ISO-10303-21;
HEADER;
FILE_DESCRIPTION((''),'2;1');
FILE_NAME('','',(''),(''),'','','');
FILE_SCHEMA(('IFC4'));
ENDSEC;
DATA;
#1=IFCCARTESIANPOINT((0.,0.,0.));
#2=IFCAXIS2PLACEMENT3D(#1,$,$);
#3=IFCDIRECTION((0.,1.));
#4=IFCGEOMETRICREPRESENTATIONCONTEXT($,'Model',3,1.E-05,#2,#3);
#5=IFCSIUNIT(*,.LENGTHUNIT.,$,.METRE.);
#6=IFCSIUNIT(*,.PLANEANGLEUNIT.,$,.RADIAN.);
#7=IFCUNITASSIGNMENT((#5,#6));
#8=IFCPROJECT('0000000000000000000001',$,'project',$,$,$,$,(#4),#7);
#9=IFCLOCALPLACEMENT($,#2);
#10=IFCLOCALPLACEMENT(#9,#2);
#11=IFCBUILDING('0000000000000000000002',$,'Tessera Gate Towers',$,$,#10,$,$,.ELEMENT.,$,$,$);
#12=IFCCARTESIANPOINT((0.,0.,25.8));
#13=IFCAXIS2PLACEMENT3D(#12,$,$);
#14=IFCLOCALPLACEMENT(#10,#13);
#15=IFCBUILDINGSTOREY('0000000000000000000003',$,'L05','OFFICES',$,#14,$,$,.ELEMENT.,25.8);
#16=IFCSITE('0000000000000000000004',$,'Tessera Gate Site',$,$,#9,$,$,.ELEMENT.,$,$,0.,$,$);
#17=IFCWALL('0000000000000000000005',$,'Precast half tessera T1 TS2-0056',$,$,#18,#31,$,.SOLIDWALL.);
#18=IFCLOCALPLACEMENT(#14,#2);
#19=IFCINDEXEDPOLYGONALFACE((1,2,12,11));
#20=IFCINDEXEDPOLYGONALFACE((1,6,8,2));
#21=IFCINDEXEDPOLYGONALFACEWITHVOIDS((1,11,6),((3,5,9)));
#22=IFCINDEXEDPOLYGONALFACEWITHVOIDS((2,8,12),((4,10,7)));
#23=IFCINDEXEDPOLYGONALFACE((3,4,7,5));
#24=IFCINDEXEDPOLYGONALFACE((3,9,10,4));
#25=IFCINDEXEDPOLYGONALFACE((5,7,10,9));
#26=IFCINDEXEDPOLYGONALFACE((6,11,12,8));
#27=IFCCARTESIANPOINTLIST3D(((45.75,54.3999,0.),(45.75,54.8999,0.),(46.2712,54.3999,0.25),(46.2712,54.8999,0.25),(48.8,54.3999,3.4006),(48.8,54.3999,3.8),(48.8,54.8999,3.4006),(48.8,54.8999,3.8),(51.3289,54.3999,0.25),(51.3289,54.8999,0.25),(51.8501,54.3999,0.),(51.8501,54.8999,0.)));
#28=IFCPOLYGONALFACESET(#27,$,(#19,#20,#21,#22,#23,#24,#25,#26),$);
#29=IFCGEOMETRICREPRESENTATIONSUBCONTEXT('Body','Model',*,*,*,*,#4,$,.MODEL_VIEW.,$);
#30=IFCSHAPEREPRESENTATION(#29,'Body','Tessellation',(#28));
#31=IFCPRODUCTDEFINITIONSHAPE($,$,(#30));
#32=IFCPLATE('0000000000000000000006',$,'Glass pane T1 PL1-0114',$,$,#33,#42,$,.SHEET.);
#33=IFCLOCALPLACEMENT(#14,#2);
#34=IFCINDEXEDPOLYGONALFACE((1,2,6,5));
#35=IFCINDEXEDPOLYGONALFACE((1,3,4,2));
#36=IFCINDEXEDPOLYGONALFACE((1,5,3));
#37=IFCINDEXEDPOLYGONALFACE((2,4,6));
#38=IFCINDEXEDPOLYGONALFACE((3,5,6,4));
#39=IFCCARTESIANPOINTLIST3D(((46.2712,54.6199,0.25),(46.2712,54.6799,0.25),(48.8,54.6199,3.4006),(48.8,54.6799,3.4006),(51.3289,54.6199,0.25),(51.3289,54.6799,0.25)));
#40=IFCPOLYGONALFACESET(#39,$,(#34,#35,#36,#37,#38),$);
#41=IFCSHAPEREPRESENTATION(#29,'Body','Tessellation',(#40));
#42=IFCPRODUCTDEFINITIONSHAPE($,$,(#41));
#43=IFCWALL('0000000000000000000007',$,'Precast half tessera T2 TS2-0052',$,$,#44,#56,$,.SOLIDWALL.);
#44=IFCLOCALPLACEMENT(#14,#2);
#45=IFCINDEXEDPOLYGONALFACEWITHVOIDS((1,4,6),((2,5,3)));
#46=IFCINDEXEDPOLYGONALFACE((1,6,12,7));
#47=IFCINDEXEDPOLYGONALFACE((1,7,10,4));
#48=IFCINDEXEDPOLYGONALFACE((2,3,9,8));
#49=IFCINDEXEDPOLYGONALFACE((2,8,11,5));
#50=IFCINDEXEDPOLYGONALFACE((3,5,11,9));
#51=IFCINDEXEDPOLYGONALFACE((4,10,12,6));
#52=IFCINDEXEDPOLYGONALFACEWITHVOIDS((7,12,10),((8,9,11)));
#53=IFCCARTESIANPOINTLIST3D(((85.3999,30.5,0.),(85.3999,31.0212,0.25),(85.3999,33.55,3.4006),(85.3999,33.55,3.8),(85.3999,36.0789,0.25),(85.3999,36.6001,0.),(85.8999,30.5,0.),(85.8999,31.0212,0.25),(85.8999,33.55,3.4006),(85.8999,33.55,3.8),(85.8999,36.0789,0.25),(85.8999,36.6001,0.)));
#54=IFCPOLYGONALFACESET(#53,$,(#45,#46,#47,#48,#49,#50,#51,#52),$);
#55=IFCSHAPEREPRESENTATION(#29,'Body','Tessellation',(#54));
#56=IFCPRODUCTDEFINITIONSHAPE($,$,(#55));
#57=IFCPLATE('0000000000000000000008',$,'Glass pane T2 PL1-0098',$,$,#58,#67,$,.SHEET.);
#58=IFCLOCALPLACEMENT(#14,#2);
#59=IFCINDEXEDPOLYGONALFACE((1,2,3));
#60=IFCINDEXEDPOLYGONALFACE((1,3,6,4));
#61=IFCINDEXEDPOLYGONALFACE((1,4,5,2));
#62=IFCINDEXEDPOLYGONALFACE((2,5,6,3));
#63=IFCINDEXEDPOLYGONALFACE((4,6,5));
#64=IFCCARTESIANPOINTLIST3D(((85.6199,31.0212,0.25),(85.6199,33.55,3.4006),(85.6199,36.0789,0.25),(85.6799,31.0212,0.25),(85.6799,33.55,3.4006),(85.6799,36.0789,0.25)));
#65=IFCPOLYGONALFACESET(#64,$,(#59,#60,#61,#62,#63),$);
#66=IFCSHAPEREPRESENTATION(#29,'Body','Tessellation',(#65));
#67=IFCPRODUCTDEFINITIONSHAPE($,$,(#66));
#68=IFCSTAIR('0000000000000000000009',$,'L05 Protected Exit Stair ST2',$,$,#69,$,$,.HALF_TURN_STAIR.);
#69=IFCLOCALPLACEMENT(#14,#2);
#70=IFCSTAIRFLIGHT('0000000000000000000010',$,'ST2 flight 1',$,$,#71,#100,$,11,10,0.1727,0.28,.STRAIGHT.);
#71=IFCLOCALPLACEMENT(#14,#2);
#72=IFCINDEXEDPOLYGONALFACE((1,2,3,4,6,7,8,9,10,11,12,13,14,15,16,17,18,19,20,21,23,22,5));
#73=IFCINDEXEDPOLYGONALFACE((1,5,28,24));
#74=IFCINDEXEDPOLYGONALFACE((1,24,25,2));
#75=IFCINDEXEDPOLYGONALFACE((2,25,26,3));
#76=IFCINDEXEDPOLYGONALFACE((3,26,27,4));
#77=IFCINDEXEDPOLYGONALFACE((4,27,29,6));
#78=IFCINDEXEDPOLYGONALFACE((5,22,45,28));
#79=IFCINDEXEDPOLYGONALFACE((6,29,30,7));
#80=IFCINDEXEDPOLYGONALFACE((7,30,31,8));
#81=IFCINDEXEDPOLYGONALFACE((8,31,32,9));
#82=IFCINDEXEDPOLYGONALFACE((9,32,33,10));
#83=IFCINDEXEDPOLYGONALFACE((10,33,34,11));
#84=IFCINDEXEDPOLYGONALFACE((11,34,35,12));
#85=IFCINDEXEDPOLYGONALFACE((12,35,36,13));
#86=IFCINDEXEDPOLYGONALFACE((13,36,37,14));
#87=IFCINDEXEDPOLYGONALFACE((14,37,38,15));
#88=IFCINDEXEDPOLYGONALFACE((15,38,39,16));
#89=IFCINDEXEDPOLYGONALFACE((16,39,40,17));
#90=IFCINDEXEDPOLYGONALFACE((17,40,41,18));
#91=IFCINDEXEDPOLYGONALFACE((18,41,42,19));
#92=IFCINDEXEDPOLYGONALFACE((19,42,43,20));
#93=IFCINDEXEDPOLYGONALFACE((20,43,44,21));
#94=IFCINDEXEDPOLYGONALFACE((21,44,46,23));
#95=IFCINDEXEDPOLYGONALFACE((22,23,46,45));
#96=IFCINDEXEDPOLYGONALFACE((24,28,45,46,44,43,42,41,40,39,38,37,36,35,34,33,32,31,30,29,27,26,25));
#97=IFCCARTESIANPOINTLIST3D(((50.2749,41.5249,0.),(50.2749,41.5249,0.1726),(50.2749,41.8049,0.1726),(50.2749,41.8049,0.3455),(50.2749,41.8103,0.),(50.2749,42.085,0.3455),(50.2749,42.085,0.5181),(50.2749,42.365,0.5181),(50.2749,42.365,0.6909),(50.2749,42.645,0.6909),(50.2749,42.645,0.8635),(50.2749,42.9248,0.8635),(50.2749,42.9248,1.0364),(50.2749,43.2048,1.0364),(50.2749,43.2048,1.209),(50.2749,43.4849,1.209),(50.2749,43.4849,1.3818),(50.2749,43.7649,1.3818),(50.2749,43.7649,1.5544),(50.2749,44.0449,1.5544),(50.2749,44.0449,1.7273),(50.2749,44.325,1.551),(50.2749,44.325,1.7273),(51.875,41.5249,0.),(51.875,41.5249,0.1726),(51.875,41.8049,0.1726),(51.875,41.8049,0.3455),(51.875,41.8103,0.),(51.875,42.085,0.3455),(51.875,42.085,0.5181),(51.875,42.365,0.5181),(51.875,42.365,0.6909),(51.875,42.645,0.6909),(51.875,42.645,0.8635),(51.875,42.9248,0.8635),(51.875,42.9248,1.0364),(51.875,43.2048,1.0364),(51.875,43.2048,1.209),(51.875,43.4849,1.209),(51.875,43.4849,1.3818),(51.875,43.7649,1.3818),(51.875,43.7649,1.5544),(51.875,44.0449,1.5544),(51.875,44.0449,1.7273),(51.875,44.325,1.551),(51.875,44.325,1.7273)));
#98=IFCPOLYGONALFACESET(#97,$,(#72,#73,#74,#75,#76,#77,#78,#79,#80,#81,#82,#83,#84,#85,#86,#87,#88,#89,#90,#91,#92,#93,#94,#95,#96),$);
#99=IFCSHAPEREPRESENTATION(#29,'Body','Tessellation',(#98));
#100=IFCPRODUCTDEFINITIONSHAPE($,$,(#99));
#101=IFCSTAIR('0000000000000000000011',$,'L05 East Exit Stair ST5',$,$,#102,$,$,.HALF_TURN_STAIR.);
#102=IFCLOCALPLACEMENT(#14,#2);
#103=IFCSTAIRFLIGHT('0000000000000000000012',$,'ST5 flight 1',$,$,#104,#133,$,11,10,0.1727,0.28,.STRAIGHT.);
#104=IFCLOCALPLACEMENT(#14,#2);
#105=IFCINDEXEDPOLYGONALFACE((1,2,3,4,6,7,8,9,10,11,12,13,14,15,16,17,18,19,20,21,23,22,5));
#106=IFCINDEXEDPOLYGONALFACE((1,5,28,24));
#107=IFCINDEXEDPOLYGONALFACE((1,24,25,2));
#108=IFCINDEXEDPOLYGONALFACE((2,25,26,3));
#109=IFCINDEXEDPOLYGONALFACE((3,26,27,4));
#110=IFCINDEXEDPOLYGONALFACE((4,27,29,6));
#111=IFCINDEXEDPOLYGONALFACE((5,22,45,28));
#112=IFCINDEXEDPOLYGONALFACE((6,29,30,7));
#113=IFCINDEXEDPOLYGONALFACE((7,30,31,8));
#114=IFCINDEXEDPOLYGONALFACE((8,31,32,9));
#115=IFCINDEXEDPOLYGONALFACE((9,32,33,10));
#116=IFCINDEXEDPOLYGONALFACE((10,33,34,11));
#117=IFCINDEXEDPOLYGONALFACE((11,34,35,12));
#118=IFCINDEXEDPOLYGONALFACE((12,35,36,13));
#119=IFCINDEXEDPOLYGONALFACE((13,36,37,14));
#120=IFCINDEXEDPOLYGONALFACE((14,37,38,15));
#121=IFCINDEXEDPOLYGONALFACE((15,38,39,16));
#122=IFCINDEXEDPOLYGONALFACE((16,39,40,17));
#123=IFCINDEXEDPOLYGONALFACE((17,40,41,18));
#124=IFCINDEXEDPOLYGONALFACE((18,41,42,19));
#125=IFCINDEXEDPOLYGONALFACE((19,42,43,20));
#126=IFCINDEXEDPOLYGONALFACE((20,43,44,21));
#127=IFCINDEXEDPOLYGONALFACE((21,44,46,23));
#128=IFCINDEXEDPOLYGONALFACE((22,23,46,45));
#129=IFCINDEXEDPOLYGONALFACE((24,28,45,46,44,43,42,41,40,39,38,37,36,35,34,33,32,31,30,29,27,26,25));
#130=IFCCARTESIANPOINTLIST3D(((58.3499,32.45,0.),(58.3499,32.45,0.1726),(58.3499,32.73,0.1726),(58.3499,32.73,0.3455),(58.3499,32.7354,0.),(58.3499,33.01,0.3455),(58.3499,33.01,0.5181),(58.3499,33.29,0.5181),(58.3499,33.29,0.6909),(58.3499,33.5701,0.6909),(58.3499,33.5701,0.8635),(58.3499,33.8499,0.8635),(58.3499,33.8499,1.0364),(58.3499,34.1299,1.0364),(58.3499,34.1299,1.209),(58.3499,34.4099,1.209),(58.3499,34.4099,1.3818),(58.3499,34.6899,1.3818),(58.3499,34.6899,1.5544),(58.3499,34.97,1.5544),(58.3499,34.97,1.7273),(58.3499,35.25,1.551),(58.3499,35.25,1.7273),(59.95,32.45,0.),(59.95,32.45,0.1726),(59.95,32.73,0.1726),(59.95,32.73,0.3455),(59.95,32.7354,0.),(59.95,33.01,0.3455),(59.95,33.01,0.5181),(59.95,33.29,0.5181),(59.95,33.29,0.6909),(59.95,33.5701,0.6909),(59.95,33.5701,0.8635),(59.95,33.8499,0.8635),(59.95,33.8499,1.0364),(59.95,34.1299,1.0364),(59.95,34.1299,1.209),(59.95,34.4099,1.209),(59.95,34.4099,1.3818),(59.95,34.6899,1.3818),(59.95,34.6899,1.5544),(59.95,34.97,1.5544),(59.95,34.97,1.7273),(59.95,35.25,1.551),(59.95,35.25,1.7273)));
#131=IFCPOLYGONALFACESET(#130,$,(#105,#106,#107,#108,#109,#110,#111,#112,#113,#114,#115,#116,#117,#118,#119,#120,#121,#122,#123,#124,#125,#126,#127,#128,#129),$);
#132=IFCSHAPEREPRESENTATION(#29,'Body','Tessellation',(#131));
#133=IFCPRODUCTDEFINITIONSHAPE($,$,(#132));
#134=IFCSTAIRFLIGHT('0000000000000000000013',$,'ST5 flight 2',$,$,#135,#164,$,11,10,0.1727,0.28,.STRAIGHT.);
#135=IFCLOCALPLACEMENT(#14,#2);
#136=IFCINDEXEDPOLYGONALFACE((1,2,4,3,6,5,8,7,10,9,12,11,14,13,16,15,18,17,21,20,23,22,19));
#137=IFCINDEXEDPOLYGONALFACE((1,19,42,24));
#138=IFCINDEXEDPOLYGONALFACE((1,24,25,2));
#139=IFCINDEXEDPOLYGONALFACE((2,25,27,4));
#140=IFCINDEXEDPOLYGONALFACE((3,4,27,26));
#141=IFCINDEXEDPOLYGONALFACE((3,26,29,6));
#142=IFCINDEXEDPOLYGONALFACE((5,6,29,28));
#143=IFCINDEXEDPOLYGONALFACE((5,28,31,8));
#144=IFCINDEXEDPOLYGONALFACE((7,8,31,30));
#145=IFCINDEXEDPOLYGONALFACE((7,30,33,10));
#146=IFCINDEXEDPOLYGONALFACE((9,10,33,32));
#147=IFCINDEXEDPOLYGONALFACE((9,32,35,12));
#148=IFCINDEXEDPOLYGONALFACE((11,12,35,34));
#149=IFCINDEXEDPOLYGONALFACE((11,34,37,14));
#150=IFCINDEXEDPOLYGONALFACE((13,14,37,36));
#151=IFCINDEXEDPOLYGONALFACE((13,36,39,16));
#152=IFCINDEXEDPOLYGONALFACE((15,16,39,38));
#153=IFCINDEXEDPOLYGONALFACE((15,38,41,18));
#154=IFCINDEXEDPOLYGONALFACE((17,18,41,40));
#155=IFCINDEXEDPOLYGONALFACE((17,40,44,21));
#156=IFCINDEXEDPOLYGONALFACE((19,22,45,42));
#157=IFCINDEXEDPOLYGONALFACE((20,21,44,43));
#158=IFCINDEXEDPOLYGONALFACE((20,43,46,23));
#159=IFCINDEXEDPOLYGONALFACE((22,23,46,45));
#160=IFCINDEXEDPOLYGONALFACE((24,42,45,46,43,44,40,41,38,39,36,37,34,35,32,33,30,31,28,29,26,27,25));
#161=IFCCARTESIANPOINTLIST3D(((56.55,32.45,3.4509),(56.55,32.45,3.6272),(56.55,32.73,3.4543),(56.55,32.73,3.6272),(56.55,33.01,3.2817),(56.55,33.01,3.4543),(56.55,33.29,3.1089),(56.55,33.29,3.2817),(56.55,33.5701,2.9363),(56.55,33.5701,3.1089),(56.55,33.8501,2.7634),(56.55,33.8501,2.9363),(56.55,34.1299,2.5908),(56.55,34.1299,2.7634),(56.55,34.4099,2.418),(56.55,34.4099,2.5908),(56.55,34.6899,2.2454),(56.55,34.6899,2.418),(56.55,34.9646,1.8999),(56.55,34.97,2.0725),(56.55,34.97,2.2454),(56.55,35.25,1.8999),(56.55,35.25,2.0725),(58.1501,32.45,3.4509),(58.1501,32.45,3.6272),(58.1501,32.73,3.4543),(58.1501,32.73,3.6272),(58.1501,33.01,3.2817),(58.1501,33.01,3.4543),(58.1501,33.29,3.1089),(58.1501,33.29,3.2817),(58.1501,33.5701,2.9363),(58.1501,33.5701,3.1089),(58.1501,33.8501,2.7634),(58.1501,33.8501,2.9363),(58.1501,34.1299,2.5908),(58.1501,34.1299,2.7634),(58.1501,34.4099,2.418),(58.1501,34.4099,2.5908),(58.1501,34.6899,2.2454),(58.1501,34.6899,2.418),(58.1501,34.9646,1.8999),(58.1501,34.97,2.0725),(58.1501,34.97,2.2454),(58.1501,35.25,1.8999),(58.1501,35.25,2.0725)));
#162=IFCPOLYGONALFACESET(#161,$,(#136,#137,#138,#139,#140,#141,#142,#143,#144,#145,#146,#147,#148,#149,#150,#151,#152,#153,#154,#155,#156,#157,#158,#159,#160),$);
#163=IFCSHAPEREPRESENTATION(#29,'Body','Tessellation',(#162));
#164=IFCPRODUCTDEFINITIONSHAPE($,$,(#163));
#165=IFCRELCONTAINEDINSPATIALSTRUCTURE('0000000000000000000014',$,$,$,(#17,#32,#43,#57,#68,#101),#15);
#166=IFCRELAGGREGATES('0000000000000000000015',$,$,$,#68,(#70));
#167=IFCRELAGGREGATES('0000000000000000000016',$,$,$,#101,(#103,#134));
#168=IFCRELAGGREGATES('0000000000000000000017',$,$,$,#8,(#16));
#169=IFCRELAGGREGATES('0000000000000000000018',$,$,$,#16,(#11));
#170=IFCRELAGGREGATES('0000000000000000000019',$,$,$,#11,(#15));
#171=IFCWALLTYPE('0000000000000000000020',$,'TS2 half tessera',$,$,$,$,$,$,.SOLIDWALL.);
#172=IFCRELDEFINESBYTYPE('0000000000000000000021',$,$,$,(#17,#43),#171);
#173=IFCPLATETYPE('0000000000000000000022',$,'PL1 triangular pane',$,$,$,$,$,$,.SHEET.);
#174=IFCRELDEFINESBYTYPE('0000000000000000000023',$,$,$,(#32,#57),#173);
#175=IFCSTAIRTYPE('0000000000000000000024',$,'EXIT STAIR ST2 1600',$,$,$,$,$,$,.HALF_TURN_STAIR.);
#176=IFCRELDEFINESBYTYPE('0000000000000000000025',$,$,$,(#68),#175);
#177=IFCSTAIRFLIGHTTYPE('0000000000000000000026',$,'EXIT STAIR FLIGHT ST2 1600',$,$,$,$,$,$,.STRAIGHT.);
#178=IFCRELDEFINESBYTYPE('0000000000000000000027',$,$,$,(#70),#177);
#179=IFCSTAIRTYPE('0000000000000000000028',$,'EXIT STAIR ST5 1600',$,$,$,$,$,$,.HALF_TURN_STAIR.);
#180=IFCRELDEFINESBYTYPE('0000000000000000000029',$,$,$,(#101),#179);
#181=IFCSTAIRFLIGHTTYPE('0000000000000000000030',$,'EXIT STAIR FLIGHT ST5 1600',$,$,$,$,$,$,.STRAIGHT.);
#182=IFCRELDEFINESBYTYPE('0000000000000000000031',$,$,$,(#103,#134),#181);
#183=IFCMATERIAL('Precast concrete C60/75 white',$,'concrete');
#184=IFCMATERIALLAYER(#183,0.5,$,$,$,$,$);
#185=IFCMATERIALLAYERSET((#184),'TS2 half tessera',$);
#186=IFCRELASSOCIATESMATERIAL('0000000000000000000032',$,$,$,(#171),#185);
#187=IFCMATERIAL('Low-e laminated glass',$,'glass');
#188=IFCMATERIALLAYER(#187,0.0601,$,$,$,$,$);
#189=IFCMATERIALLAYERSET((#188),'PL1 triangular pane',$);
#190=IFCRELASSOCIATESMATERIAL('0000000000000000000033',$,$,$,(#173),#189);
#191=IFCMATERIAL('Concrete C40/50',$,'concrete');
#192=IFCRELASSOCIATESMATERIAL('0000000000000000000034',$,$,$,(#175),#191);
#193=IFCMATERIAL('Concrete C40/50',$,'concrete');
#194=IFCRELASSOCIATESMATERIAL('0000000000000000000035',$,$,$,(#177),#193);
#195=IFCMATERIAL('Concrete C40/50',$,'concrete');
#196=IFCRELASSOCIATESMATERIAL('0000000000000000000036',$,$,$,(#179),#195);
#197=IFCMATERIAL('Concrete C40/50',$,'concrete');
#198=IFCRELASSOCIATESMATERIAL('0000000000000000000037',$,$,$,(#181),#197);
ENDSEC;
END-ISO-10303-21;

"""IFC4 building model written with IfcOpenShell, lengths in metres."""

from ifc_helpers import new_model, si_unit, direction, frame, origin, place, context, subcontext, project, spatial, polyline, outline, extrude, source, transform, mapped, material, layer, layer_set, type_object, element, fill, aggregate, save


model = new_model("IFC4")

# Units and contexts
model_context = context("Model", 3, precision=1e-05, world=origin(), true_north=direction((0.0, 1.0)))
body_context = subcontext(model_context, "Body", "Model", "MODEL_VIEW")
ifc_project = project(units=[si_unit("LENGTHUNIT", "METRE"), si_unit("PLANEANGLEUNIT", "RADIAN")], contexts=[model_context])

# Site, building, storey
site_placement = place(None, origin())
site = spatial("IfcSite", under=ifc_project, at=site_placement, Name="Tessera Gate Site", CompositionType="ELEMENT", RefElevation=0.0)
building_placement = place(site_placement, origin())
building = spatial("IfcBuilding", under=site, at=building_placement, Name="Tessera Gate Towers", CompositionType="ELEMENT")
storey_placement = place(building_placement, frame((0.0, 0.0, 25.8)))
storey = spatial("IfcBuildingStorey", under=building, at=storey_placement, Name="L05", Description="OFFICES", CompositionType="ELEMENT", Elevation=25.8)

# Walls, openings, plates
ifc_material_1 = material(Name="Precast concrete C60/75 white", Category="concrete")
ifc_layer_1 = layer(ifc_material_1, 0.5)
ifc_layer_set_1 = layer_set([ifc_layer_1], Name="TS2 half tessera")
wall_type_1 = type_object("IfcWallType", Name="TS2 half tessera", PredefinedType="SOLIDWALL", material=ifc_layer_set_1)
shared_shape_1 = source(origin(), body_context, "Body", "SweptSolid", [
    extrude(outline(polyline([(6.1001, 0.0), (3.05, 3.8), (0.0, 0.0), (6.1001, 0.0)])), frame((0.0, 0.25, 0.0), z_axis=(0.0, -1.0, 0.0), x_axis=(1.0, 0.0, 0.0)), (0.0, 0.0, 1.0), 0.5),
])
wall_1_placement = place(storey_placement, frame((51.8501, 54.6499, 0.0), z_axis=(0.0, 0.0, 1.0), x_axis=(-1.0, 0.0, 0.0)))
wall_1 = element("IfcWall", 1, at=wall_1_placement, inside=storey, type_object=wall_type_1, Name="Precast half tessera T1 TS2-0056", PredefinedType="SOLIDWALL", context=body_context, shape_type="MappedRepresentation", body=[
    mapped(shared_shape_1, transform((0.0, 0.0, 0.0), scale=1.0)),
])
shared_shape_2 = source(origin(), body_context, "Body", "SweptSolid", [
    extrude(outline(polyline([(5.5789, 0.25), (3.05, 3.4006), (0.5212, 0.25), (5.5789, 0.25)])), frame((0.0, 0.26, 0.0), z_axis=(0.0, -1.0, 0.0), x_axis=(1.0, 0.0, 0.0)), (0.0, 0.0, 1.0), 0.52),
])
opening_1_placement = place(wall_1_placement, origin())
opening_1 = element("IfcOpeningElement", 2, at=opening_1_placement, cuts=wall_1, PredefinedType="OPENING", context=body_context, shape_type="MappedRepresentation", body=[
    mapped(shared_shape_2, transform((0.0, 0.0, 0.0), scale=1.0)),
])
ifc_material_2 = material(Name="Low-e laminated glass", Category="glass")
ifc_layer_2 = layer(ifc_material_2, 0.0601)
ifc_layer_set_2 = layer_set([ifc_layer_2], Name="PL1 triangular pane")
plate_type = type_object("IfcPlateType", Name="PL1 triangular pane", PredefinedType="SHEET", material=ifc_layer_set_2)
shared_shape_3 = source(origin(), body_context, "Body", "SweptSolid", [
    extrude(outline(polyline([(5.5789, 0.25), (3.05, 3.4006), (0.5212, 0.25), (5.5789, 0.25)])), frame((0.0, 0.03, 0.0), z_axis=(0.0, -1.0, 0.0), x_axis=(1.0, 0.0, 0.0)), (0.0, 0.0, 1.0), 0.0601),
])
plate_1_placement = place(opening_1_placement, origin())
plate_1 = element("IfcPlate", 3, at=plate_1_placement, inside=storey, type_object=plate_type, Name="Glass pane T1 PL1-0114", PredefinedType="SHEET", context=body_context, shape_type="MappedRepresentation", body=[
    mapped(shared_shape_3, transform((0.0, 0.0, 0.0), scale=1.0)),
])
fill(opening_1, plate_1)
wall_2_placement = place(storey_placement, frame((85.6499, 36.6001, 0.0), z_axis=(0.0, 0.0, 1.0), x_axis=(0.0, -1.0, 0.0)))
wall_2 = element("IfcWall", 4, at=wall_2_placement, inside=storey, type_object=wall_type_1, Name="Precast half tessera T2 TS2-0052", PredefinedType="SOLIDWALL", context=body_context, shape_type="MappedRepresentation", body=[
    mapped(shared_shape_1, transform((0.0, 0.0, 0.0), scale=1.0)),
])
opening_2_placement = place(wall_2_placement, origin())
opening_2 = element("IfcOpeningElement", 5, at=opening_2_placement, cuts=wall_2, PredefinedType="OPENING", context=body_context, shape_type="MappedRepresentation", body=[
    mapped(shared_shape_2, transform((0.0, 0.0, 0.0), scale=1.0)),
])
plate_2_placement = place(opening_2_placement, origin())
plate_2 = element("IfcPlate", 6, at=plate_2_placement, inside=storey, type_object=plate_type, Name="Glass pane T2 PL1-0098", PredefinedType="SHEET", context=body_context, shape_type="MappedRepresentation", body=[
    mapped(shared_shape_3, transform((0.0, 0.0, 0.0), scale=1.0)),
])
fill(opening_2, plate_2)

# Stair, stair flight
ifc_material_3 = material(Name="Concrete C40/50", Category="concrete")
stair_type_1 = type_object("IfcStairType", Name="EXIT STAIR ST2 1600", PredefinedType="HALF_TURN_STAIR", material=ifc_material_3)
stair_1_placement = place(storey_placement, origin())
stair_1 = element("IfcStair", 7, at=stair_1_placement, inside=storey, type_object=stair_type_1, Name="L05 Protected Exit Stair ST2", PredefinedType="HALF_TURN_STAIR")
ifc_material_4 = material(Name="Concrete C40/50", Category="concrete")
stair_flight_type_1 = type_object("IfcStairFlightType", Name="EXIT STAIR FLIGHT ST2 1600", PredefinedType="STRAIGHT", material=ifc_material_4)
stair_flight_1_placement = place(storey_placement, frame((51.075, 41.5249, 0.0), z_axis=(0.0, 0.0, 1.0), x_axis=(0.0, 1.0, 0.0)))
stair_flight_1 = element("IfcStairFlight", 8, at=stair_flight_1_placement, type_object=stair_flight_type_1, Name="ST2 flight 1", NumberOfRisers=11, NumberOfTreads=10, PredefinedType="STRAIGHT", RiserHeight=0.1727, TreadLength=0.28, context=body_context, shape_type="SweptSolid", body=[
    extrude(outline(polyline([(0.0, 0.0), (0.0, 0.1726), (0.28, 0.1726), (0.28, 0.3455), (0.5601, 0.3455), (0.5601, 0.5181), (0.8401, 0.5181), (0.8401, 0.6909), (1.1201, 0.6909), (1.1201, 0.8635), (1.3999, 0.8635), (1.3999, 1.0364), (1.6799, 1.0364), (1.6799, 1.209), (1.96, 1.209), (1.96, 1.3818), (2.24, 1.3818), (2.24, 1.5544), (2.52, 1.5544), (2.52, 1.7273), (2.8, 1.7273), (2.8, 1.8999), (2.8, 1.551), (0.2854, 0.0), (0.0, 0.0)])), frame((0.0, 0.8, 0.0), z_axis=(0.0, -1.0, 0.0), x_axis=(1.0, 0.0, 0.0)), (0.0, 0.0, 1.0), 1.6001),
])
aggregate(stair_1, [stair_flight_1])

# Stair, stair flights
ifc_material_5 = material(Name="Concrete C40/50", Category="concrete")
stair_type_2 = type_object("IfcStairType", Name="EXIT STAIR ST5 1600", PredefinedType="HALF_TURN_STAIR", material=ifc_material_5)
stair_2_placement = place(storey_placement, origin())
stair_2 = element("IfcStair", 9, at=stair_2_placement, inside=storey, type_object=stair_type_2, Name="L05 East Exit Stair ST5", PredefinedType="HALF_TURN_STAIR")
ifc_material_6 = material(Name="Concrete C40/50", Category="concrete")
stair_flight_type_2 = type_object("IfcStairFlightType", Name="EXIT STAIR FLIGHT ST5 1600", PredefinedType="STRAIGHT", material=ifc_material_6)
stair_flight_2_placement = place(storey_placement, frame((59.1499, 32.45, 0.0), z_axis=(0.0, 0.0, 1.0), x_axis=(0.0, 1.0, 0.0)))
stair_flight_2 = element("IfcStairFlight", 10, at=stair_flight_2_placement, type_object=stair_flight_type_2, Name="ST5 flight 1", NumberOfRisers=11, NumberOfTreads=10, PredefinedType="STRAIGHT", RiserHeight=0.1727, TreadLength=0.28, context=body_context, shape_type="SweptSolid", body=[
    extrude(outline(polyline([(0.0, 0.0), (0.0, 0.1726), (0.28, 0.1726), (0.28, 0.3455), (0.5601, 0.3455), (0.5601, 0.5181), (0.8401, 0.5181), (0.8401, 0.6909), (1.1201, 0.6909), (1.1201, 0.8635), (1.3999, 0.8635), (1.3999, 1.0364), (1.6799, 1.0364), (1.6799, 1.209), (1.96, 1.209), (1.96, 1.3818), (2.24, 1.3818), (2.24, 1.5544), (2.52, 1.5544), (2.52, 1.7273), (2.8, 1.7273), (2.8, 1.8999), (2.8, 1.551), (0.2854, 0.0), (0.0, 0.0)])), frame((0.0, 0.8, 0.0), z_axis=(0.0, -1.0, 0.0), x_axis=(1.0, 0.0, 0.0)), (0.0, 0.0, 1.0), 1.6001),
])
stair_flight_3_placement = place(storey_placement, frame((57.3501, 35.25, 1.8999), z_axis=(0.0, 0.0, 1.0), x_axis=(0.0, -1.0, 0.0)))
stair_flight_3 = element("IfcStairFlight", 11, at=stair_flight_3_placement, type_object=stair_flight_type_2, Name="ST5 flight 2", NumberOfRisers=11, NumberOfTreads=10, PredefinedType="STRAIGHT", RiserHeight=0.1727, TreadLength=0.28, context=body_context, shape_type="SweptSolid", body=[
    extrude(outline(polyline([(0.0, 0.0), (0.0, 0.1726), (0.28, 0.1726), (0.28, 0.3455), (0.5601, 0.3455), (0.5601, 0.5181), (0.8401, 0.5181), (0.8401, 0.6909), (1.1201, 0.6909), (1.1201, 0.8635), (1.3999, 0.8635), (1.3999, 1.0364), (1.6799, 1.0364), (1.6799, 1.209), (1.96, 1.209), (1.96, 1.3818), (2.24, 1.3818), (2.24, 1.5544), (2.52, 1.5544), (2.52, 1.7273), (2.8, 1.7273), (2.8, 1.8999), (2.8, 1.551), (0.2854, 0.0), (0.0, 0.0)])), frame((0.0, 0.8, 0.0), z_axis=(0.0, -1.0, 0.0), x_axis=(1.0, 0.0, 0.0)), (0.0, 0.0, 1.0), 1.6001),
])
aggregate(stair_2, [stair_flight_2, stair_flight_3])

save(model, "model.ifc")
